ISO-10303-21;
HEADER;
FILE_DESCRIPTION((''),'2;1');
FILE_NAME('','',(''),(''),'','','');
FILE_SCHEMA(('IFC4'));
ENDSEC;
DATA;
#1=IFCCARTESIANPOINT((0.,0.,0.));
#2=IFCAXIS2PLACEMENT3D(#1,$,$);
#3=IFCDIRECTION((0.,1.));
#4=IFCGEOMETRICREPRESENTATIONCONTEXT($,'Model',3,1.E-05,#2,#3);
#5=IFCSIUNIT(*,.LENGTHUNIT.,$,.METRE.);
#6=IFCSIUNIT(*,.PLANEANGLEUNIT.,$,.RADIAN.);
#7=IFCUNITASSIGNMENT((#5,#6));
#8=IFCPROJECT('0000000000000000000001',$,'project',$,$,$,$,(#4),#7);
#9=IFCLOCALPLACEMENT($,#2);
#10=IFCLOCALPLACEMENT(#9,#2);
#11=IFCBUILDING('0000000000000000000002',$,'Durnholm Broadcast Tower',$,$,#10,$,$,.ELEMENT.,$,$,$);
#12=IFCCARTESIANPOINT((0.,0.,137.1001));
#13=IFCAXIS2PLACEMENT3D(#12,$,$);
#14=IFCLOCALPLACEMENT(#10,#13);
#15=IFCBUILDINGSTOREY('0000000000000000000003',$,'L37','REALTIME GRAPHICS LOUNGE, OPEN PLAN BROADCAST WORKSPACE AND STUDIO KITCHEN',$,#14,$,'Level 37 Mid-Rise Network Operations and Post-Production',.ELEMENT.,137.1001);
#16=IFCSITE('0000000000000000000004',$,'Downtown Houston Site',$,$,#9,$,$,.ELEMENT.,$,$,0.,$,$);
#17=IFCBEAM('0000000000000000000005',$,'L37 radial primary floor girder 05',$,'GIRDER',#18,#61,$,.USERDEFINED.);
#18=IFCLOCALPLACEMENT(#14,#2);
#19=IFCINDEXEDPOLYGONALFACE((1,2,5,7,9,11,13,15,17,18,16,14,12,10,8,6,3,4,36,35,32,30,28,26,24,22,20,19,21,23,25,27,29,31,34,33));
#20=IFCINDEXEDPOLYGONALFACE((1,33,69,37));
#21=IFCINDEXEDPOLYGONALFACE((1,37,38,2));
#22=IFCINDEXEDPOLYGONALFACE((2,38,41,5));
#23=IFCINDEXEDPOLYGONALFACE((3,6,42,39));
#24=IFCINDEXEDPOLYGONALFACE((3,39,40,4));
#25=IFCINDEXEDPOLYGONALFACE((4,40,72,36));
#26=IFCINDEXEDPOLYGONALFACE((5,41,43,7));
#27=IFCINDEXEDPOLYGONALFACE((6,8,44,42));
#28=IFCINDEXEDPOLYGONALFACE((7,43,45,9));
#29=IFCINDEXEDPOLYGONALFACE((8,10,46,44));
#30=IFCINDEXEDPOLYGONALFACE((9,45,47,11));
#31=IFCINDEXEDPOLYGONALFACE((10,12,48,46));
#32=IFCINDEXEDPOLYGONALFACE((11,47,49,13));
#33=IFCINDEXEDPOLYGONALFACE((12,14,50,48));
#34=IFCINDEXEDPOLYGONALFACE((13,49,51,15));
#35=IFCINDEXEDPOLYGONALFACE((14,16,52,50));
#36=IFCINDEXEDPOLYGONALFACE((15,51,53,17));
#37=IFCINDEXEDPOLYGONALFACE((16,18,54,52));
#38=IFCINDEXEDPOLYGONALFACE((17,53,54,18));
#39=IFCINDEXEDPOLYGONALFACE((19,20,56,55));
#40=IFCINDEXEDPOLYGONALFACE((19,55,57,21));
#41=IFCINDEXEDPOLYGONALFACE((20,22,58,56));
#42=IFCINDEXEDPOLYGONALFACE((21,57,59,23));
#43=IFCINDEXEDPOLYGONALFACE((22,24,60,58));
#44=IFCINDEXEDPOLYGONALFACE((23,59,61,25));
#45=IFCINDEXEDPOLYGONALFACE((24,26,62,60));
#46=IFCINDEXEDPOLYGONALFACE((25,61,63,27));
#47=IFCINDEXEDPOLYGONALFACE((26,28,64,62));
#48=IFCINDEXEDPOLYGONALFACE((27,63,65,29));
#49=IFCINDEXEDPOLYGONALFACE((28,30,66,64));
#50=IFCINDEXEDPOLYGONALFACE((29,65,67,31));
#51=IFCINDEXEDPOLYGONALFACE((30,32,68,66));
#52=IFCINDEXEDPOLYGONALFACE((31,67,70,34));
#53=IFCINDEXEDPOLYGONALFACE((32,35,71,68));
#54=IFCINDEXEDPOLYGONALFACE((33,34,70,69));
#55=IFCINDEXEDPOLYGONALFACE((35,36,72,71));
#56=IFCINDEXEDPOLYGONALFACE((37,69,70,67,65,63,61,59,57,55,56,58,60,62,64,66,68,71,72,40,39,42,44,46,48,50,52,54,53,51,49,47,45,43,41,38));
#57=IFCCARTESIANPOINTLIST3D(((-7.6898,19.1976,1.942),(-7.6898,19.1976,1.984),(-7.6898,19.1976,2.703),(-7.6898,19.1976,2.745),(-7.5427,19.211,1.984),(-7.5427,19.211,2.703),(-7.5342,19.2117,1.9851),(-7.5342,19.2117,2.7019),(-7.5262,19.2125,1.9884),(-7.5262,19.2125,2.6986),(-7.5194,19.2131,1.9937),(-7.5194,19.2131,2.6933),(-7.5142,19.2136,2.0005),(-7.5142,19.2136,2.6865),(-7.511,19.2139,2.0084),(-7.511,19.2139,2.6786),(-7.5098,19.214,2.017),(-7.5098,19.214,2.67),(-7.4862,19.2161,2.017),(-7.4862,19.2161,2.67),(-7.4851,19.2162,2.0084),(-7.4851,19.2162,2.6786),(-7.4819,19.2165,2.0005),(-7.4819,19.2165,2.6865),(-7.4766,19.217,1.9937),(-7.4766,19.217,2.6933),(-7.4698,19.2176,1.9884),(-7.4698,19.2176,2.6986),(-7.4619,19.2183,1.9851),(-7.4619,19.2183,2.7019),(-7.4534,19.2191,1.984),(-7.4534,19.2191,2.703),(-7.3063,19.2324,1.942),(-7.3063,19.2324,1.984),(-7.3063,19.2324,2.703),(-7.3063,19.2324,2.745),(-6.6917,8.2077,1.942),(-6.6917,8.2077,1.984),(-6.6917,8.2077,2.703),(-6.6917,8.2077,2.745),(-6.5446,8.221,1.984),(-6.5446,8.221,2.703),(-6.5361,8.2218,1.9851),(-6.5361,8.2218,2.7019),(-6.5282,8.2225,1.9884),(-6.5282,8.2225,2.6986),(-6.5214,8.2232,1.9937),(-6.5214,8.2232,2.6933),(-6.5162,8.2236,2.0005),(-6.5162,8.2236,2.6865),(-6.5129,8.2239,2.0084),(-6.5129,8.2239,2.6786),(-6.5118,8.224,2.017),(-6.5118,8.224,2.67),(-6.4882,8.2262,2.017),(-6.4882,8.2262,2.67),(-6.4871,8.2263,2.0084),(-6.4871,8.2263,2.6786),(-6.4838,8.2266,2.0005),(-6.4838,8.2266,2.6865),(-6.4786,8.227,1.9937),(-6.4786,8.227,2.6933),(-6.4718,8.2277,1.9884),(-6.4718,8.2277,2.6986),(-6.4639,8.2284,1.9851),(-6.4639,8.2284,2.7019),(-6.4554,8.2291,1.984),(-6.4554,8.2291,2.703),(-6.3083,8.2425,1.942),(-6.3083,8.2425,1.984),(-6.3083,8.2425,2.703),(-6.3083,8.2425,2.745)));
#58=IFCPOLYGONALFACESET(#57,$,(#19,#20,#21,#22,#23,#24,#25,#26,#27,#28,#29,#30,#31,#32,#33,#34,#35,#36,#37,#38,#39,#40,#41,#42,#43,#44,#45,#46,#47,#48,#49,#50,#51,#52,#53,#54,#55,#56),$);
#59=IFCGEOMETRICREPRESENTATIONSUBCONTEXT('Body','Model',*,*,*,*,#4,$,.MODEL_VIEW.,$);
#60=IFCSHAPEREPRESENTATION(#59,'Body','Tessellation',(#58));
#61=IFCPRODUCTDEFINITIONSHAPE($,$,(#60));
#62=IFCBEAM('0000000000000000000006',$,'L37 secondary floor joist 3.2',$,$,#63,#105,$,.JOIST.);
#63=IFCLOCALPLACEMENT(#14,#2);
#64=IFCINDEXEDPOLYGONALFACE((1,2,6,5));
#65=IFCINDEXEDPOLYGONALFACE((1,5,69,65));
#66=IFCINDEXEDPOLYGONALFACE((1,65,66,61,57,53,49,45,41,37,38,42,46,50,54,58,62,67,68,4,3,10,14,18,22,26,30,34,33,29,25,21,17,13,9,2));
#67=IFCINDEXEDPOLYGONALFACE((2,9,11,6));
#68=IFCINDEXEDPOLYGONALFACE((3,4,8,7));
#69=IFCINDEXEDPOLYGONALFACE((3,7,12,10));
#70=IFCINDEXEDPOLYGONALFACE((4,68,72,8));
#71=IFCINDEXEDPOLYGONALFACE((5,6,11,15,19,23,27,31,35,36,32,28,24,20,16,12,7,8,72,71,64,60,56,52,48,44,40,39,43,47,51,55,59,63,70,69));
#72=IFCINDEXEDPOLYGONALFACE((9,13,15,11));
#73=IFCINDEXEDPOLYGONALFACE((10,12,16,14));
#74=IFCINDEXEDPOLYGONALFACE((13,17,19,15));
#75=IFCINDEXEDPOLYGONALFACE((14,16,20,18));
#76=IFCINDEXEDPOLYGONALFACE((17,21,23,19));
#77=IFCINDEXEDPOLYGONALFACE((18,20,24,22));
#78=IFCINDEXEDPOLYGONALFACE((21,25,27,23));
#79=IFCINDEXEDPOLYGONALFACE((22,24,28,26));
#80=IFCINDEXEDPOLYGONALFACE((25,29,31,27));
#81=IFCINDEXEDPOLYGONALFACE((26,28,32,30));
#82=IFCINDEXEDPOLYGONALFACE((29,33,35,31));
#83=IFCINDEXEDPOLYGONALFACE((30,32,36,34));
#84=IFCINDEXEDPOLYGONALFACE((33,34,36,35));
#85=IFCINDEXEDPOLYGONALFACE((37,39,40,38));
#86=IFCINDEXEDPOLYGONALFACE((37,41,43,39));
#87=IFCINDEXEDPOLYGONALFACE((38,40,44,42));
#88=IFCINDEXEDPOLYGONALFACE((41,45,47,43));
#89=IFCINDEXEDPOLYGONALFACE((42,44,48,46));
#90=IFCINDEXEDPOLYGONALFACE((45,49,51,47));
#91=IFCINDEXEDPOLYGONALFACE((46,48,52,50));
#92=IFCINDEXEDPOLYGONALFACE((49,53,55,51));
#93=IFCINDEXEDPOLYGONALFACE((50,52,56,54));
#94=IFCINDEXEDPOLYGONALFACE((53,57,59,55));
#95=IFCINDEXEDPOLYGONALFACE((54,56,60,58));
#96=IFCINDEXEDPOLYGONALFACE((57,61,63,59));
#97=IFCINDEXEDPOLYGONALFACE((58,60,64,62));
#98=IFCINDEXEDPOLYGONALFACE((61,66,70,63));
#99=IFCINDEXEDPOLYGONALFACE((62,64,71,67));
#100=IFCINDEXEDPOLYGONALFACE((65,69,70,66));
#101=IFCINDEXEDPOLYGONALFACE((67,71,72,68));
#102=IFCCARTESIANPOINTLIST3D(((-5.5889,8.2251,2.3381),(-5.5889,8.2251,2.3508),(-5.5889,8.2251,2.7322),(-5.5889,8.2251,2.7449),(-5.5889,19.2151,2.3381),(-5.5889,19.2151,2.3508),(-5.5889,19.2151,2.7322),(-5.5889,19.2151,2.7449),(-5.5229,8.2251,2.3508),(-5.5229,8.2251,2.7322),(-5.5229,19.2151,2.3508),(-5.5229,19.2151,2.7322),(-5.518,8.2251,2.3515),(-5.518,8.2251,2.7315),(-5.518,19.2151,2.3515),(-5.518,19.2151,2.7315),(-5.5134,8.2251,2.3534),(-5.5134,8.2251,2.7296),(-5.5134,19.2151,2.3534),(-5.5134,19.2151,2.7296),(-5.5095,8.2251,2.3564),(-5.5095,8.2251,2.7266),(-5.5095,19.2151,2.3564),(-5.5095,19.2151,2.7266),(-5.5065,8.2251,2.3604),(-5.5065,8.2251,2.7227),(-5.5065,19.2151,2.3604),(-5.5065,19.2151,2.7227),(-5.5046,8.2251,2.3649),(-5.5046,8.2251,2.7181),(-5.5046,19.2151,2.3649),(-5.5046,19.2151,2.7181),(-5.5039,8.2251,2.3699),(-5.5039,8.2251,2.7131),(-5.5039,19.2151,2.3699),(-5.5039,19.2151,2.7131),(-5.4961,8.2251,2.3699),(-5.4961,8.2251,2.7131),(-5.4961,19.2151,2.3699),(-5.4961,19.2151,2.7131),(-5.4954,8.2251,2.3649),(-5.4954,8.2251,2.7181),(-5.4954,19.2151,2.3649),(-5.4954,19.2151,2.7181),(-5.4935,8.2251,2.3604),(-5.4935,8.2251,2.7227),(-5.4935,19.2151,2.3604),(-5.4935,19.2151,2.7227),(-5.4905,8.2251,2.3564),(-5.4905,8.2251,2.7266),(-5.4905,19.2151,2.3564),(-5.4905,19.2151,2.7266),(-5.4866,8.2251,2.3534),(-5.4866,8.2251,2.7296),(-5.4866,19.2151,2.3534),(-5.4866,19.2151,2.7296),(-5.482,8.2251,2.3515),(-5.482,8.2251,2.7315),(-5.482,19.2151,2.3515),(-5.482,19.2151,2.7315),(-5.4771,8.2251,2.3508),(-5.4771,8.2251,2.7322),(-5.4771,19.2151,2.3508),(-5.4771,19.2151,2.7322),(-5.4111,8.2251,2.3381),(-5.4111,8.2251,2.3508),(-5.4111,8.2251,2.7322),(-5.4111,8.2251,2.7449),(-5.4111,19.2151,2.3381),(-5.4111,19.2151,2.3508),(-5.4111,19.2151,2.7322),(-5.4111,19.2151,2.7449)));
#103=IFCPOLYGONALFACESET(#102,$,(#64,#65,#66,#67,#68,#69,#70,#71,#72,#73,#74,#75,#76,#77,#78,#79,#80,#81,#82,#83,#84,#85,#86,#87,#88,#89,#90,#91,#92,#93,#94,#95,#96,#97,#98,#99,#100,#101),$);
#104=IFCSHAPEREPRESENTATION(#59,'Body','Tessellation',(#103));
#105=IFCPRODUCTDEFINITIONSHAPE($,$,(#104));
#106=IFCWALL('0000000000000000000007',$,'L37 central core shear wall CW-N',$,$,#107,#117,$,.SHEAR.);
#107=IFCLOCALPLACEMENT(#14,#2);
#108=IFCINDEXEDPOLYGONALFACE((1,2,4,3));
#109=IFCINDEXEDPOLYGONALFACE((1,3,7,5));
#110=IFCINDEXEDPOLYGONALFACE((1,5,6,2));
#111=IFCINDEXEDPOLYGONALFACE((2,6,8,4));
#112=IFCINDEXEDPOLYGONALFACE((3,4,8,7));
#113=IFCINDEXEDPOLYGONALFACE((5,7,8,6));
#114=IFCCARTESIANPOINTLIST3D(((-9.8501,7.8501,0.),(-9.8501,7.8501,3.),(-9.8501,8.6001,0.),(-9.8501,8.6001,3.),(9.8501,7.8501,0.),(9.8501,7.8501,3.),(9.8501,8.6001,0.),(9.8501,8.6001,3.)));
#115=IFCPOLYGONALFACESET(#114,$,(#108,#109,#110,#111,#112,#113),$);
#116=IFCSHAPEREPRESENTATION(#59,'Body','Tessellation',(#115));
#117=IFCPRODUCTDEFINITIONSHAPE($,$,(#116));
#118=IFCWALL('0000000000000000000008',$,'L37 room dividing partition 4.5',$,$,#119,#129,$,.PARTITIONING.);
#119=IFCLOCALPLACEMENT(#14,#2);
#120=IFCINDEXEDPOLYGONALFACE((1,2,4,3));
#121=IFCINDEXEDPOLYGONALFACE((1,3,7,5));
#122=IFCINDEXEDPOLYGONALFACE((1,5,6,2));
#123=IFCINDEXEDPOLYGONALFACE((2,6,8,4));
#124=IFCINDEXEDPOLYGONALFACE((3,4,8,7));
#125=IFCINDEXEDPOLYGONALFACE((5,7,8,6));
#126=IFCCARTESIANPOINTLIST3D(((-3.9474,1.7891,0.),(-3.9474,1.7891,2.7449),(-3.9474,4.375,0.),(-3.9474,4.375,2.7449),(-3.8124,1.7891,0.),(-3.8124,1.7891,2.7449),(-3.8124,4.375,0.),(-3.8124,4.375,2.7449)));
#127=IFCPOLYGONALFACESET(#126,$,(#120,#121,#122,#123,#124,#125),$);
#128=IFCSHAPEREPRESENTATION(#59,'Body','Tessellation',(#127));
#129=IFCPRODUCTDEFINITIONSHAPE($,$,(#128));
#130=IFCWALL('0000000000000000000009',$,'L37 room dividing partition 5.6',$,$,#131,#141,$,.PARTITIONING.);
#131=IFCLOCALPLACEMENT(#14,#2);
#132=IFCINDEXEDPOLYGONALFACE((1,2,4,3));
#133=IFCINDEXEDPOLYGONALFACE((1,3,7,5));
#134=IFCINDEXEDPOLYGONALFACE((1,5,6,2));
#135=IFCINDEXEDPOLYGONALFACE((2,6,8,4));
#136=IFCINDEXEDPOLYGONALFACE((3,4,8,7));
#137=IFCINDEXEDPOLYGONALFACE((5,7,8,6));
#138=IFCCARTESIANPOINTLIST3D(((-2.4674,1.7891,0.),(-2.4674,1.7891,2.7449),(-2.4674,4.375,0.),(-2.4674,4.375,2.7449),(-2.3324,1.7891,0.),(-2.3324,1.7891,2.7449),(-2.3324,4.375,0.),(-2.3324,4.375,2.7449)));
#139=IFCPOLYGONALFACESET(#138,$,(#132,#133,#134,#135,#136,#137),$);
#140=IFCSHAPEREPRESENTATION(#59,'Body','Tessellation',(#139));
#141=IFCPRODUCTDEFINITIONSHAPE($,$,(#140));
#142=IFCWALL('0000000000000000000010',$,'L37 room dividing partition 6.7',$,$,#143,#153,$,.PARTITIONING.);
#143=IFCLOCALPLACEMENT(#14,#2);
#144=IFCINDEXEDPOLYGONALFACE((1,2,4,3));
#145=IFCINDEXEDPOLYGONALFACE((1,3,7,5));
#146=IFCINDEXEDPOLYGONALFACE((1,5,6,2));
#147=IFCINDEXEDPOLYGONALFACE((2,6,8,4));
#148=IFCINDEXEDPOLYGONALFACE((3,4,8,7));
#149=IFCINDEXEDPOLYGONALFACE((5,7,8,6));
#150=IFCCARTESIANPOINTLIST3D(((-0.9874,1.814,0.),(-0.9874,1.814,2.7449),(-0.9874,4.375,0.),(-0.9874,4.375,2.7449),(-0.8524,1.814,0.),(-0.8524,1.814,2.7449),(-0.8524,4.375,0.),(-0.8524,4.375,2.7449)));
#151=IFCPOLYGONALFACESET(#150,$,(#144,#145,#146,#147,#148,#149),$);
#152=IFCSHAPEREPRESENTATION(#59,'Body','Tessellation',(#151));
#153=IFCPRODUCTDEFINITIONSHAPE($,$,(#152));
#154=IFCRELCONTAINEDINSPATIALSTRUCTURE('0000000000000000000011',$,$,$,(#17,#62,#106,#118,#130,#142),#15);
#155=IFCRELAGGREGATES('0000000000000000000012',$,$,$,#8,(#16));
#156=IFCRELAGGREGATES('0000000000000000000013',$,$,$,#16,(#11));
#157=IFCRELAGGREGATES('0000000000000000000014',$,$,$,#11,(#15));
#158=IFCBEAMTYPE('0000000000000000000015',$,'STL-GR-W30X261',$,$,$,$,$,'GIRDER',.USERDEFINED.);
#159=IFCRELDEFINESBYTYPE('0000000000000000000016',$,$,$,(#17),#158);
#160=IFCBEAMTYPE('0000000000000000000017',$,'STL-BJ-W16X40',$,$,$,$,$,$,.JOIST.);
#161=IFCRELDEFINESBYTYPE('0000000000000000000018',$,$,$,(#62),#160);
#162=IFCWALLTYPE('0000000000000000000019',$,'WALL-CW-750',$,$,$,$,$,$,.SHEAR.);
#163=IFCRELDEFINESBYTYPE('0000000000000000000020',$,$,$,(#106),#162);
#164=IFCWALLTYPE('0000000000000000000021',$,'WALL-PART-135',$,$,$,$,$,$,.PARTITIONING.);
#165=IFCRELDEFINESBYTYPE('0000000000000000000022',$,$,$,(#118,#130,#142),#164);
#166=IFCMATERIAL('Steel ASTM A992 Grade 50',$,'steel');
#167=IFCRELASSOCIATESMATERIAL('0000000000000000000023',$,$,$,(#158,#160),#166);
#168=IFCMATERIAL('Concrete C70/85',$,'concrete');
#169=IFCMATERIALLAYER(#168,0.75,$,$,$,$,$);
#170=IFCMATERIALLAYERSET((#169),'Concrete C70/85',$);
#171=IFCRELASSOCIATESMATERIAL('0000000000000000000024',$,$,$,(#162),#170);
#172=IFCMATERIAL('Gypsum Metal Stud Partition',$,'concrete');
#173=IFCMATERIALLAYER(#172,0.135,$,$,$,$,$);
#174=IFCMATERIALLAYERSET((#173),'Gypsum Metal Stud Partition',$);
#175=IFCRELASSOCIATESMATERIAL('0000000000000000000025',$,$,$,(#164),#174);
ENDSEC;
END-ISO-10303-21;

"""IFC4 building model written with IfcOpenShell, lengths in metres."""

from ifc_helpers import new_model, si_unit, direction, frame, frame_2d, origin, origin_2d, place, context, subcontext, project, spatial, rectangle, i_section, extrude, source, transform, mapped, material, layer, layer_set, material_profile, profile_set, type_object, type_shapes, element, save


model = new_model("IFC4")

# Units and contexts
model_context = context("Model", 3, precision=1e-05, world=origin(), true_north=direction((0.0, 1.0)))
body_context = subcontext(model_context, "Body", "Model", "MODEL_VIEW")
ifc_project = project(units=[si_unit("LENGTHUNIT", "METRE"), si_unit("PLANEANGLEUNIT", "RADIAN")], contexts=[model_context])

# Site, building, storey
site_placement = place(None, origin())
site = spatial("IfcSite", under=ifc_project, at=site_placement, Name="Downtown Houston Site", CompositionType="ELEMENT", RefElevation=0.0)
building_placement = place(site_placement, origin())
building = spatial("IfcBuilding", under=site, at=building_placement, Name="Durnholm Broadcast Tower", CompositionType="ELEMENT")
storey_placement = place(building_placement, frame((0.0, 0.0, 137.1001)))
storey = spatial("IfcBuildingStorey", under=building, at=storey_placement, Name="L37", Description="REALTIME GRAPHICS LOUNGE, OPEN PLAN BROADCAST WORKSPACE AND STUDIO KITCHEN", LongName="Level 37 Mid-Rise Network Operations and Post-Production", CompositionType="ELEMENT", Elevation=137.1001)

# Shared definitions
ifc_material_1 = material(Name="Concrete C70/85", Category="concrete")

# Beams
ifc_material_2 = material(Name="Steel ASTM A992 Grade 50", Category="steel")
ifc_material_profile_1 = material_profile(ifc_material_2, i_section(OverallWidth=0.385, OverallDepth=0.803, WebThickness=0.0237, FlangeThickness=0.042, FilletRadius=0.033, at=origin_2d()), Name="W30X261")
ifc_profile_set_1 = profile_set([ifc_material_profile_1], Name="Steel ASTM A992 Grade 50")
beam_type_1 = type_object("IfcBeamType", Name="STL-GR-W30X261", ElementType="GIRDER", PredefinedType="USERDEFINED", material=ifc_profile_set_1)
shared_shape_1 = source(origin(), body_context, "Body", "SweptSolid", [
    extrude(i_section(OverallWidth=0.385, OverallDepth=0.803, WebThickness=0.0237, FlangeThickness=0.042, FilletRadius=0.033, at=origin_2d()), origin(), (0.0, 0.0, 1.0), 11.0352),
])
beam_1_placement = place(storey_placement, frame((-6.5, 8.2251, 2.3435), z_axis=(-0.090442, 0.995902, 0.0), x_axis=(-0.995902, -0.090442, 0.0)))
element("IfcBeam", 1, at=beam_1_placement, inside=storey, type_object=beam_type_1, Name="L37 radial primary floor girder 05", ObjectType="GIRDER", PredefinedType="USERDEFINED", context=body_context, shape_type="MappedRepresentation", body=[
    mapped(shared_shape_1, transform((0.0, 0.0, 0.0), x_axis=(1.0, 0.0, 0.0), y_axis=(0.0, 1.0, 0.0), z_axis=(0.0, 0.0, 1.0), scale=1.0)),
])
ifc_material_profile_2 = material_profile(ifc_material_2, i_section(OverallWidth=0.1777, OverallDepth=0.4067, WebThickness=0.0078, FlangeThickness=0.0127, FilletRadius=0.019, at=origin_2d()), Name="W16X40")
ifc_profile_set_2 = profile_set([ifc_material_profile_2], Name="Steel ASTM A992 Grade 50")
beam_type_2 = type_object("IfcBeamType", Name="STL-BJ-W16X40", PredefinedType="JOIST", material=ifc_profile_set_2)
shared_shape_2 = source(origin(), body_context, "Body", "SweptSolid", [
    extrude(i_section(OverallWidth=0.1777, OverallDepth=0.4067, WebThickness=0.0078, FlangeThickness=0.0127, FilletRadius=0.019, at=origin_2d()), origin(), (0.0, 0.0, 1.0), 10.99),
])
type_shapes(beam_type_2, [shared_shape_2])
beam_2_placement = place(storey_placement, frame((-5.5, 8.2251, 2.5415), z_axis=(0.0, 1.0, 0.0), x_axis=(-1.0, 0.0, 0.0)))
element("IfcBeam", 2, at=beam_2_placement, inside=storey, type_object=beam_type_2, Name="L37 secondary floor joist 3.2", PredefinedType="JOIST", context=body_context, shape_type="MappedRepresentation", body=[
    mapped(shared_shape_2, transform((0.0, 0.0, 0.0), x_axis=(1.0, 0.0, 0.0), y_axis=(0.0, 1.0, 0.0), z_axis=(0.0, 0.0, 1.0), scale=1.0)),
])

# Walls
ifc_layer_1 = layer(ifc_material_1, 0.75)
ifc_layer_set_1 = layer_set([ifc_layer_1], Name="Concrete C70/85")
wall_type_1 = type_object("IfcWallType", Name="WALL-CW-750", PredefinedType="SHEAR", material=ifc_layer_set_1)
wall_1_placement = place(storey_placement, frame((-9.8501, 8.2251, 0.0), z_axis=(0.0, 0.0, 1.0), x_axis=(1.0, 0.0, 0.0)))
element("IfcWall", 3, at=wall_1_placement, inside=storey, type_object=wall_type_1, Name="L37 central core shear wall CW-N", PredefinedType="SHEAR", context=body_context, shape_type="SweptSolid", body=[
    extrude(rectangle(XDim=19.7002, YDim=0.75, at=frame_2d((9.8501, 0.0))), origin(), (0.0, 0.0, 1.0), 3.0),
])
ifc_material_3 = material(Name="Gypsum Metal Stud Partition", Category="concrete")
ifc_layer_2 = layer(ifc_material_3, 0.135)
ifc_layer_set_2 = layer_set([ifc_layer_2], Name="Gypsum Metal Stud Partition")
wall_type_2 = type_object("IfcWallType", Name="WALL-PART-135", PredefinedType="PARTITIONING", material=ifc_layer_set_2)
for number, where, z_axis, x_axis, name in (
    (4, (-3.8799, 4.375, 0.0), (0.0, 0.0, 1.0), (0.0, -1.0, 0.0), "L37 room dividing partition 4.5"),
    (5, (-2.3999, 4.375, 0.0), (0.0, 0.0, 1.0), (0.0, -1.0, 0.0), "L37 room dividing partition 5.6"),
):
    element("IfcWall", number, at=place(storey_placement, frame(where, z_axis=z_axis, x_axis=x_axis)), inside=storey, type_object=wall_type_2, Name=name, PredefinedType="PARTITIONING", context=body_context, shape_type="SweptSolid", body=[
        extrude(rectangle(XDim=2.5859, YDim=0.135, at=frame_2d((1.293, 0.0))), origin(), (0.0, 0.0, 1.0), 2.7449),
    ])
wall_2_placement = place(storey_placement, frame((-0.9199, 4.375, 0.0), z_axis=(0.0, 0.0, 1.0), x_axis=(0.0, -1.0, 0.0)))
element("IfcWall", 6, at=wall_2_placement, inside=storey, type_object=wall_type_2, Name="L37 room dividing partition 6.7", PredefinedType="PARTITIONING", context=body_context, shape_type="SweptSolid", body=[
    extrude(rectangle(XDim=2.561, YDim=0.135, at=frame_2d((1.2805, 0.0))), origin(), (0.0, 0.0, 1.0), 2.7449),
])

save(model, "model.ifc")
